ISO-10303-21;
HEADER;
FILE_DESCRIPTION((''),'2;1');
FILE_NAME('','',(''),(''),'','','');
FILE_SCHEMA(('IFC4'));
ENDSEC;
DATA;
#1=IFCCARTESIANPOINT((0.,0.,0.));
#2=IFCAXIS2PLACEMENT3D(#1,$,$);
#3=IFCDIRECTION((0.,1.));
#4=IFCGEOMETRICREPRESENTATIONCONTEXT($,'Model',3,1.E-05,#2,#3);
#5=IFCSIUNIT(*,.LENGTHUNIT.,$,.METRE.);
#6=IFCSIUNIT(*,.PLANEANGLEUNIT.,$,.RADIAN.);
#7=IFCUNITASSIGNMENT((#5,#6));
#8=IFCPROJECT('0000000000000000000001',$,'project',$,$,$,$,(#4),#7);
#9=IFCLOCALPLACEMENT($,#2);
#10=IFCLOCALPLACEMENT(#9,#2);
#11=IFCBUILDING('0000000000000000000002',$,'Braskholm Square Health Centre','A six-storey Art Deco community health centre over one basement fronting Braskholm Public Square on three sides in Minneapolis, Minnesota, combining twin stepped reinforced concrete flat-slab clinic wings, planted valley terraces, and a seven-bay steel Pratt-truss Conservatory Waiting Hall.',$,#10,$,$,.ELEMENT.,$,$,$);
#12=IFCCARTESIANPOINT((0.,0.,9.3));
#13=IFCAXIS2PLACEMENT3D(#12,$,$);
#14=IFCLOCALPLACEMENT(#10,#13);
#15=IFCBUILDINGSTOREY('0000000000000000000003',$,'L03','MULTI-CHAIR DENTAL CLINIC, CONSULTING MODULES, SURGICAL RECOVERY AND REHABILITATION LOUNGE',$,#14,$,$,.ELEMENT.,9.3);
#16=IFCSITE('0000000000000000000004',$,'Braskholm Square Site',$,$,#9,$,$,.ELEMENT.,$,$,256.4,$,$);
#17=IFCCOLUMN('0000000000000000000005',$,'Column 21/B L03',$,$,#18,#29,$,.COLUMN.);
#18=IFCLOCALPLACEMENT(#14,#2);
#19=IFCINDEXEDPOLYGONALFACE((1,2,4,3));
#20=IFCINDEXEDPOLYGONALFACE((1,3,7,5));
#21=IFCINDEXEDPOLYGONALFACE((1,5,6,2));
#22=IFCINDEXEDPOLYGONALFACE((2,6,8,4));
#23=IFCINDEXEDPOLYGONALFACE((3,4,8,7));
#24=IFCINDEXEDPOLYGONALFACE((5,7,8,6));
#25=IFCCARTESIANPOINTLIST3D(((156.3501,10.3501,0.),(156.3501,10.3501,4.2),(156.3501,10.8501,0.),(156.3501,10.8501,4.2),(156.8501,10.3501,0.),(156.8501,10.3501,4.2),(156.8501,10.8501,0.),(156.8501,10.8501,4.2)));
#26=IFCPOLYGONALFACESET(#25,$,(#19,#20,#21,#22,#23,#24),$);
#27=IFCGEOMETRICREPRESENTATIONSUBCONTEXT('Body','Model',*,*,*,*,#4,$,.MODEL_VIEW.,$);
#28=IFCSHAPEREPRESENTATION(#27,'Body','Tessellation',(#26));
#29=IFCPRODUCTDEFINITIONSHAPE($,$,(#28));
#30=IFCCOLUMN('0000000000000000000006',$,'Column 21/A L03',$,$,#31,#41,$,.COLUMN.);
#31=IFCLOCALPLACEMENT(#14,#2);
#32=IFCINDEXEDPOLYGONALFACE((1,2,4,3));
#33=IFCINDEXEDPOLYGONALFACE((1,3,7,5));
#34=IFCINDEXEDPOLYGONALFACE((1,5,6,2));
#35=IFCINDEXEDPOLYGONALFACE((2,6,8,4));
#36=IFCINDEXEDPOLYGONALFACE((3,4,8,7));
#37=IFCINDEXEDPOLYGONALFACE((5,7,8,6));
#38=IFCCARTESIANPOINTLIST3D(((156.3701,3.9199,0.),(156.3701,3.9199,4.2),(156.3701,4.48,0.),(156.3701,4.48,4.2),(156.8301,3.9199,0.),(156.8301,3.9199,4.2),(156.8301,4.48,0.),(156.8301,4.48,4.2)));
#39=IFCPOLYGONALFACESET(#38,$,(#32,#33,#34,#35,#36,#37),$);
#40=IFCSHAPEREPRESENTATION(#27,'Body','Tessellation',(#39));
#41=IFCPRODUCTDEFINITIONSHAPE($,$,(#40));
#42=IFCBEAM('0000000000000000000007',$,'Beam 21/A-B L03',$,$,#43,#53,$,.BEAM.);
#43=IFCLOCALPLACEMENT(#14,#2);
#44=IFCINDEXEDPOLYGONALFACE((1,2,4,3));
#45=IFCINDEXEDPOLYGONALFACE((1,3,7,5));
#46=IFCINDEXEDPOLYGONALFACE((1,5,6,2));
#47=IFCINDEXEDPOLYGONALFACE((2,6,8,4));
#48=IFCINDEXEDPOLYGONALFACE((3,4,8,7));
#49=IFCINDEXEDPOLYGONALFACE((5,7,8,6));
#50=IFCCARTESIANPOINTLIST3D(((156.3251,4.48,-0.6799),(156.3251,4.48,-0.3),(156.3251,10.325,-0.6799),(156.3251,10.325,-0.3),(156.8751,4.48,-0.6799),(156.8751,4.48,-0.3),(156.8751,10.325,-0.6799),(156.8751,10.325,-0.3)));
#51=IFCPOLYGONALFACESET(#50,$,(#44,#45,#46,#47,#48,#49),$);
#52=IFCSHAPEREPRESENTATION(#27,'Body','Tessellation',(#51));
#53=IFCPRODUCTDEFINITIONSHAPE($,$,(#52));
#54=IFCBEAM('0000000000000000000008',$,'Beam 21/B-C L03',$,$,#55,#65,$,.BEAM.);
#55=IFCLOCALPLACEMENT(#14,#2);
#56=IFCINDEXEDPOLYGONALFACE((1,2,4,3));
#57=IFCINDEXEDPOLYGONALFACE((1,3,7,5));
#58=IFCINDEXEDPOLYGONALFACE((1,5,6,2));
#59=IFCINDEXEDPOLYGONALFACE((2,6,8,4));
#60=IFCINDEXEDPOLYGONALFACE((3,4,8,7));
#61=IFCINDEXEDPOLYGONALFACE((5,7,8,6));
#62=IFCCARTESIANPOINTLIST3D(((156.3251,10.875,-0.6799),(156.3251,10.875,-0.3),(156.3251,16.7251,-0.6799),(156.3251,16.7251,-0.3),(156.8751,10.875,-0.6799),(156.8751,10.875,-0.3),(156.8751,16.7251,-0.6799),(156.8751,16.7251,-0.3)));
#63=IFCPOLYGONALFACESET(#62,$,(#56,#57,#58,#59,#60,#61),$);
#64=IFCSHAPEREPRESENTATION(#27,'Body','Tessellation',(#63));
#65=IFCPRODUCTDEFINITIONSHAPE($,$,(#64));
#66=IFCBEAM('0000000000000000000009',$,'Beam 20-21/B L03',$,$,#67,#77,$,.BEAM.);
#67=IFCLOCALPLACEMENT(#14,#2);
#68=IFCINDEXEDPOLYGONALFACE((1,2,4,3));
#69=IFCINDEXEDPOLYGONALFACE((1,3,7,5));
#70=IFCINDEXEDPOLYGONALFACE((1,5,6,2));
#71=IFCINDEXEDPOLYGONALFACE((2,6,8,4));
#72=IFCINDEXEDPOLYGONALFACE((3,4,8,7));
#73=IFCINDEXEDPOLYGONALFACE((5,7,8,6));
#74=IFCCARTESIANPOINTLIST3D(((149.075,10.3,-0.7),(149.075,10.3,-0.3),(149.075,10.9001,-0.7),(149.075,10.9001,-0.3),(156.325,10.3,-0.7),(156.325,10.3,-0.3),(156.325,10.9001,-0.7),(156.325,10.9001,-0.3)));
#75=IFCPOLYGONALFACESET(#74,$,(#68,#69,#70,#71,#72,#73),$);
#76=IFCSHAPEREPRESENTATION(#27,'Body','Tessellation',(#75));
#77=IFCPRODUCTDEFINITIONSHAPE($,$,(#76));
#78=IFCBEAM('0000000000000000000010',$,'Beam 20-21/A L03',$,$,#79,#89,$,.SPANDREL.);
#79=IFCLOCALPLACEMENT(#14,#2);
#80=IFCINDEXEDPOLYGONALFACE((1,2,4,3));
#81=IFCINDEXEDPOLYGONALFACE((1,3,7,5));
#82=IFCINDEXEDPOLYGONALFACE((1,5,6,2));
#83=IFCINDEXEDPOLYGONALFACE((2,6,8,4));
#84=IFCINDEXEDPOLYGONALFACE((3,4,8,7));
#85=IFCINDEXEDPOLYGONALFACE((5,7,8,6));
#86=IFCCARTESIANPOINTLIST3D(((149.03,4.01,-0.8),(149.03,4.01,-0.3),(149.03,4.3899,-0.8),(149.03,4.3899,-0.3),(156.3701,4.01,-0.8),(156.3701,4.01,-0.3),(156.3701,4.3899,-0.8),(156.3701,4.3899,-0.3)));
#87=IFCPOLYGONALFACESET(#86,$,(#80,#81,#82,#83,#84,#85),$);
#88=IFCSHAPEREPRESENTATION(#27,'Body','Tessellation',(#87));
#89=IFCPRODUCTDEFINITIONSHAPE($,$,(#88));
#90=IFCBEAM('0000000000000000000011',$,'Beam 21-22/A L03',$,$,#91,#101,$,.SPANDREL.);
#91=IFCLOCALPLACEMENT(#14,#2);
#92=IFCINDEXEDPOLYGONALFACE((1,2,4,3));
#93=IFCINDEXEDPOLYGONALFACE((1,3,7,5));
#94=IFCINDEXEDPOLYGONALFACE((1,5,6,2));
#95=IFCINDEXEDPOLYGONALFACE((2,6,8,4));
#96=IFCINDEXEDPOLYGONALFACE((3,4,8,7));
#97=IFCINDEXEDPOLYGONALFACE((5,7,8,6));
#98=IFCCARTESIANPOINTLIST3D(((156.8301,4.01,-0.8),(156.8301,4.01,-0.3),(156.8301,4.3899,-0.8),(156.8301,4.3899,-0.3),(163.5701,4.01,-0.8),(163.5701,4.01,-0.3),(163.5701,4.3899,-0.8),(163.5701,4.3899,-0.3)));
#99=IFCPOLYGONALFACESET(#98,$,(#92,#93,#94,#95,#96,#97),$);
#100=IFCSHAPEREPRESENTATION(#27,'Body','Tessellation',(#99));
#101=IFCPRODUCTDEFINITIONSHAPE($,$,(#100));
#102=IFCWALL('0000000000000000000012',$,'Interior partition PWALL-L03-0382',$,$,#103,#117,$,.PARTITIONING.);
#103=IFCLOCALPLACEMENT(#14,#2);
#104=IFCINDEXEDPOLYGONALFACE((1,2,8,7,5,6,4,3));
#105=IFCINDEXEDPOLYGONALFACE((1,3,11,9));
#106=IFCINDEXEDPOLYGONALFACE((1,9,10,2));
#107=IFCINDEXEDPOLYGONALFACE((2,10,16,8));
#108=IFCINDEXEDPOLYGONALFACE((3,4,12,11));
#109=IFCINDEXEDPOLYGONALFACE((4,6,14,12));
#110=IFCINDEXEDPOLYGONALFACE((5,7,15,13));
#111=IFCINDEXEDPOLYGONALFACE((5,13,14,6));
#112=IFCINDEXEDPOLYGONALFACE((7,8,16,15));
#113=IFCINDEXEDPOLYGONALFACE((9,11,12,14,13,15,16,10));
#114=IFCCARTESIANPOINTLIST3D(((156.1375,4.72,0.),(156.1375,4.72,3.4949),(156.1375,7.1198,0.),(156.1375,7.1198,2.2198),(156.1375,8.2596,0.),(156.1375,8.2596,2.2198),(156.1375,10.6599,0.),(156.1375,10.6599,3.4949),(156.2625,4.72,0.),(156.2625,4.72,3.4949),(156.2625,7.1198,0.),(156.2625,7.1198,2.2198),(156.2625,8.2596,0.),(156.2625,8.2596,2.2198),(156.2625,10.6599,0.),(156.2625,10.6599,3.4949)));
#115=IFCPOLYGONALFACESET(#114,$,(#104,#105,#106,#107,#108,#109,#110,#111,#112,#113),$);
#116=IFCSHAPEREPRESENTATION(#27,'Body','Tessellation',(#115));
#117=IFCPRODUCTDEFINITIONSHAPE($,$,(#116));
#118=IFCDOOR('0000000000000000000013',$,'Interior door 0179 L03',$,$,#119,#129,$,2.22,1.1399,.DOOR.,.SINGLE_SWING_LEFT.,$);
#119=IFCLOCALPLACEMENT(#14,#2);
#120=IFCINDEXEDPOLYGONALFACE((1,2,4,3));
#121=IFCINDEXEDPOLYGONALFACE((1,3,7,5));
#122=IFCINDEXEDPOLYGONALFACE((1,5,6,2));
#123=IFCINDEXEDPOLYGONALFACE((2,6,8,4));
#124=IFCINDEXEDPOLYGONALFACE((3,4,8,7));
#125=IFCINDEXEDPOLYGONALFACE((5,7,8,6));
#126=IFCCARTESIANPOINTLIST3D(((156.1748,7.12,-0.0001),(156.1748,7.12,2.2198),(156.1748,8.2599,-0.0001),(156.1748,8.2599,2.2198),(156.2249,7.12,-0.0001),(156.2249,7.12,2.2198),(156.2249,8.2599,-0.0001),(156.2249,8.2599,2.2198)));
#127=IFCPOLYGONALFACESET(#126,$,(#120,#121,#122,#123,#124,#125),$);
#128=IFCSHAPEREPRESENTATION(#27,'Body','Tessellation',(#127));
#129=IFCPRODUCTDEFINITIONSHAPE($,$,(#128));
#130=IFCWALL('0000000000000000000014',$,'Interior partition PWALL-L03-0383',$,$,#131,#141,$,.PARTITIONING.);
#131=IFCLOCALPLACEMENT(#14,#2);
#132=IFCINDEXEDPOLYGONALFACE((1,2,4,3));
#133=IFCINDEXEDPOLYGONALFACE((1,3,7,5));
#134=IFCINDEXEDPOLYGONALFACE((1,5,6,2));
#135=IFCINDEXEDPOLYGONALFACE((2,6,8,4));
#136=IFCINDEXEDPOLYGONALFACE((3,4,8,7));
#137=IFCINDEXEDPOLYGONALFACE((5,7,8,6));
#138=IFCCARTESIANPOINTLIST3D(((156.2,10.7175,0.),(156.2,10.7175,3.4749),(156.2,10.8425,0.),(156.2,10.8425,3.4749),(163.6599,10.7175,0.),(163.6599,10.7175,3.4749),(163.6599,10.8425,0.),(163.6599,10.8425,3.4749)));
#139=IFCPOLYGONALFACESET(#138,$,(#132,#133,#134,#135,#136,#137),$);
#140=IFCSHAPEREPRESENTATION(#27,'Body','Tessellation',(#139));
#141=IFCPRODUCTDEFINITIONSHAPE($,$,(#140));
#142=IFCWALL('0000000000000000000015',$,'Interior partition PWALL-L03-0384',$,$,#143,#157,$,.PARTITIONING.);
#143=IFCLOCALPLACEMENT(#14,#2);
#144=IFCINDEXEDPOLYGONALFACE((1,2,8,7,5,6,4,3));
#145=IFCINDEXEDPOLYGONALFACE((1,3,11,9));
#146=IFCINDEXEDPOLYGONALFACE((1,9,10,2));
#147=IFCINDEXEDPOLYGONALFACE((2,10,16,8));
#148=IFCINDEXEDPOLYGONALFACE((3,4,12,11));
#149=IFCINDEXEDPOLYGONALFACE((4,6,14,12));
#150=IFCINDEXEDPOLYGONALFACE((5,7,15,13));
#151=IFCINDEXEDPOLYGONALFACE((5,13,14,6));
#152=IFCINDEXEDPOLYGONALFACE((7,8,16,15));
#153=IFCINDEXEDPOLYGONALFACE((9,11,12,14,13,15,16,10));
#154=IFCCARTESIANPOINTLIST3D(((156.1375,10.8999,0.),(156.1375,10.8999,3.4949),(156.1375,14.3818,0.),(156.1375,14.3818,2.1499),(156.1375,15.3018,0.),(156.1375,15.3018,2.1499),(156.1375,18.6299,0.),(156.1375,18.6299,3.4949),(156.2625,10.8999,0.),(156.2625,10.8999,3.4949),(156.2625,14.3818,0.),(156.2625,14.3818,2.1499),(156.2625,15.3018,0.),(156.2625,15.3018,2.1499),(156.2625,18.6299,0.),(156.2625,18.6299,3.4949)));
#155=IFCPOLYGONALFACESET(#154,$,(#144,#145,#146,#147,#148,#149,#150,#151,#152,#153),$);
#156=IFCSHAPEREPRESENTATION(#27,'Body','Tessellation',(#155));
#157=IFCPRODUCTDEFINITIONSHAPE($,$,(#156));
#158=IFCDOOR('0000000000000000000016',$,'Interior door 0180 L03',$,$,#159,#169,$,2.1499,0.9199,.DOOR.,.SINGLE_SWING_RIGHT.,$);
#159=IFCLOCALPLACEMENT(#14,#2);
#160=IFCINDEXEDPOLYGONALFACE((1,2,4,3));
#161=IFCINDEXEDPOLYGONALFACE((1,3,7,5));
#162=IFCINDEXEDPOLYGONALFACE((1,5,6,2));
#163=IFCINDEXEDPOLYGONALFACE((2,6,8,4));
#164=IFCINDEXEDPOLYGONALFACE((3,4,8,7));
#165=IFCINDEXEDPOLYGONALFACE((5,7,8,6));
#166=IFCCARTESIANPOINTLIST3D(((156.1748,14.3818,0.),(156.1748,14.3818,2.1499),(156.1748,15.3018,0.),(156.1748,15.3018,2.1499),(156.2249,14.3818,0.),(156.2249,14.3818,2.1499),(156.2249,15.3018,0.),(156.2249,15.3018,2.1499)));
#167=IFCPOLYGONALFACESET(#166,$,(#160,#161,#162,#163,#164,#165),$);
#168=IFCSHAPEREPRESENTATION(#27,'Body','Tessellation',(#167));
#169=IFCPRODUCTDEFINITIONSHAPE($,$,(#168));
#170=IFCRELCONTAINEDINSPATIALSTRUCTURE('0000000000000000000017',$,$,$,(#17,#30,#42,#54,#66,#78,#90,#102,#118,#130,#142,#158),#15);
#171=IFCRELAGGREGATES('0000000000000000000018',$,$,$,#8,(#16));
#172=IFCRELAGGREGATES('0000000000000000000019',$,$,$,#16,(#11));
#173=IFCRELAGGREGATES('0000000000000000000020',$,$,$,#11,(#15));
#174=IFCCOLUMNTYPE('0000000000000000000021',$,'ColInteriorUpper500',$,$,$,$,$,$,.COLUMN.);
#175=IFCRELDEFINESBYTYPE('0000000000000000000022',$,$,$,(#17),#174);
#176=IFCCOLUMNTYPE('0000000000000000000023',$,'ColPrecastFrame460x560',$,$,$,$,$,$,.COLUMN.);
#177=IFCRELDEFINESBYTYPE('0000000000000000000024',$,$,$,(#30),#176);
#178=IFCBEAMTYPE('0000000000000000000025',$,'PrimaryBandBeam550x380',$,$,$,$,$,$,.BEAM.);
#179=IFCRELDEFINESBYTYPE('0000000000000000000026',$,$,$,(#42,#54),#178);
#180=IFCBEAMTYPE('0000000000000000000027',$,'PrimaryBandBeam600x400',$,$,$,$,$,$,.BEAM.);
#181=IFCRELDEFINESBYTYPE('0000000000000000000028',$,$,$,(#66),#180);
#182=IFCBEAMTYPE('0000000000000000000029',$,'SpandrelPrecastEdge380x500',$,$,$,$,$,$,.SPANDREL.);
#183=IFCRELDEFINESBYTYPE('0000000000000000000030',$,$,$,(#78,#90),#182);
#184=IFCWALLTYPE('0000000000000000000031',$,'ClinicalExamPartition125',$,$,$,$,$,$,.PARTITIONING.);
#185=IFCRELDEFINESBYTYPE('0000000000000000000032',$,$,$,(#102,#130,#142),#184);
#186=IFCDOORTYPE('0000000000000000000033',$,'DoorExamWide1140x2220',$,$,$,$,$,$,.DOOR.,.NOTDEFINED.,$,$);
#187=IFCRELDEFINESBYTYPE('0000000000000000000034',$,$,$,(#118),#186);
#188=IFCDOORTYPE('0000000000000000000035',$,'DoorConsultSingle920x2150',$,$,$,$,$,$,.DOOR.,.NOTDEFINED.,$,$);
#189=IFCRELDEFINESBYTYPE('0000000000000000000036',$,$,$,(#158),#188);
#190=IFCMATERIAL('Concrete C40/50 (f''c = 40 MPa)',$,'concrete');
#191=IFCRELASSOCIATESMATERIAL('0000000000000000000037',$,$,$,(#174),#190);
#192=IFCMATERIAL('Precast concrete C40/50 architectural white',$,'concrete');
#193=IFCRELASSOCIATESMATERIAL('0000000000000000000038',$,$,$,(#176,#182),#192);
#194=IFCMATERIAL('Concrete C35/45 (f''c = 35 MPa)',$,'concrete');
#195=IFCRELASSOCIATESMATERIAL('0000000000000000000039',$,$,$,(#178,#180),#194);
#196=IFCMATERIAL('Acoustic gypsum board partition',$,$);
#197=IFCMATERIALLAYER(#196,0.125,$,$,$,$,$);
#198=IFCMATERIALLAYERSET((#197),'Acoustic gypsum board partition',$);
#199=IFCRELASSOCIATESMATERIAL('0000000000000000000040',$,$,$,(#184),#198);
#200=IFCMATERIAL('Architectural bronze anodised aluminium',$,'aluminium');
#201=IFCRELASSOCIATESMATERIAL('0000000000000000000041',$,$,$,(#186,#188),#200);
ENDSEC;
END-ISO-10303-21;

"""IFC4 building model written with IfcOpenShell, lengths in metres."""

from ifc_helpers import new_model, si_unit, direction, frame, frame_2d, origin, origin_2d, place, context, subcontext, project, spatial, rectangle, extrude, material, layer, layer_set, material_profile, profile_set, type_object, element, fill, save


model = new_model("IFC4")

# Units and contexts
model_context = context("Model", 3, precision=1e-05, world=origin(), true_north=direction((0.0, 1.0)))
body_context = subcontext(model_context, "Body", "Model", "MODEL_VIEW")
ifc_project = project(units=[si_unit("LENGTHUNIT", "METRE"), si_unit("PLANEANGLEUNIT", "RADIAN")], contexts=[model_context])

# Site, building, storey
site_placement = place(None, origin())
site = spatial("IfcSite", under=ifc_project, at=site_placement, Name="Braskholm Square Site", CompositionType="ELEMENT", RefElevation=256.4)
building_placement = place(site_placement, origin())
building = spatial("IfcBuilding", under=site, at=building_placement, Name="Braskholm Square Health Centre", Description="A six-storey Art Deco community health centre over one basement fronting Braskholm Public Square on three sides in Minneapolis, Minnesota, combining twin stepped reinforced concrete flat-slab clinic wings, planted valley terraces, and a seven-bay steel Pratt-truss Conservatory Waiting Hall.", CompositionType="ELEMENT")
storey_placement = place(building_placement, frame((0.0, 0.0, 9.3)))
storey = spatial("IfcBuildingStorey", under=building, at=storey_placement, Name="L03", Description="MULTI-CHAIR DENTAL CLINIC, CONSULTING MODULES, SURGICAL RECOVERY AND REHABILITATION LOUNGE", CompositionType="ELEMENT", Elevation=9.3)

# Columns
ifc_material_1 = material(Name="Concrete C40/50 (f'c = 40 MPa)", Category="concrete")
ifc_material_profile_1 = material_profile(ifc_material_1, rectangle(XDim=0.5, YDim=0.5, at=origin_2d()), Name="RC-500X500")
ifc_profile_set_1 = profile_set([ifc_material_profile_1], Name="Concrete C40/50 (f'c = 40 MPa)")
column_type_1 = type_object("IfcColumnType", Name="ColInteriorUpper500", PredefinedType="COLUMN", material=ifc_profile_set_1)
column_1_placement = place(storey_placement, frame((156.6001, 10.6001, 0.0), z_axis=(0.0, 0.0, 1.0), x_axis=(1.0, 0.0, 0.0)))
element("IfcColumn", 1, at=column_1_placement, inside=storey, type_object=column_type_1, Name="Column 21/B L03", PredefinedType="COLUMN", context=body_context, shape_type="SweptSolid", body=[
    extrude(rectangle(XDim=0.5, YDim=0.5, at=origin_2d()), origin(), (0.0, 0.0, 1.0), 4.2),
])
ifc_material_2 = material(Name="Precast concrete C40/50 architectural white", Category="concrete")
ifc_material_profile_2 = material_profile(ifc_material_2, rectangle(XDim=0.46, YDim=0.5601, at=origin_2d()), Name="RC-460X560")
ifc_profile_set_2 = profile_set([ifc_material_profile_2], Name="Precast concrete C40/50 architectural white")
column_type_2 = type_object("IfcColumnType", Name="ColPrecastFrame460x560", PredefinedType="COLUMN", material=ifc_profile_set_2)
column_2_placement = place(storey_placement, frame((156.6001, 4.2, 0.0), z_axis=(0.0, 0.0, 1.0), x_axis=(1.0, 0.0, 0.0)))
element("IfcColumn", 2, at=column_2_placement, inside=storey, type_object=column_type_2, Name="Column 21/A L03", PredefinedType="COLUMN", context=body_context, shape_type="SweptSolid", body=[
    extrude(rectangle(XDim=0.46, YDim=0.5601, at=origin_2d()), origin(), (0.0, 0.0, 1.0), 4.2),
])

# Beams
ifc_material_3 = material(Name="Concrete C35/45 (f'c = 35 MPa)", Category="concrete")
ifc_material_profile_3 = material_profile(ifc_material_3, rectangle(XDim=0.55, YDim=0.3799, at=origin_2d()), Name="RCB-550X380")
ifc_profile_set_3 = profile_set([ifc_material_profile_3], Name="Concrete C35/45 (f'c = 35 MPa)")
beam_type_1 = type_object("IfcBeamType", Name="PrimaryBandBeam550x380", PredefinedType="BEAM", material=ifc_profile_set_3)
beam_1_placement = place(storey_placement, frame((156.6001, 4.48, -0.49), z_axis=(0.0, 1.0, 0.0), x_axis=(-1.0, 0.0, 0.0)))
element("IfcBeam", 3, at=beam_1_placement, inside=storey, type_object=beam_type_1, Name="Beam 21/A-B L03", PredefinedType="BEAM", context=body_context, shape_type="SweptSolid", body=[
    extrude(rectangle(XDim=0.55, YDim=0.3799, at=origin_2d()), origin(), (0.0, 0.0, 1.0), 5.845),
])
beam_2_placement = place(storey_placement, frame((156.6001, 10.875, -0.49), z_axis=(0.0, 1.0, 0.0), x_axis=(-1.0, 0.0, 0.0)))
element("IfcBeam", 4, at=beam_2_placement, inside=storey, type_object=beam_type_1, Name="Beam 21/B-C L03", PredefinedType="BEAM", context=body_context, shape_type="SweptSolid", body=[
    extrude(rectangle(XDim=0.55, YDim=0.3799, at=origin_2d()), origin(), (0.0, 0.0, 1.0), 5.8501),
])
ifc_material_profile_4 = material_profile(ifc_material_3, rectangle(XDim=0.6001, YDim=0.3999, at=origin_2d()), Name="RCB-600X400")
ifc_profile_set_4 = profile_set([ifc_material_profile_4], Name="Concrete C35/45 (f'c = 35 MPa)")
beam_type_2 = type_object("IfcBeamType", Name="PrimaryBandBeam600x400", PredefinedType="BEAM", material=ifc_profile_set_4)
beam_3_placement = place(storey_placement, frame((149.075, 10.6001, -0.5), z_axis=(1.0, 0.0, 0.0), x_axis=(0.0, 1.0, 0.0)))
element("IfcBeam", 5, at=beam_3_placement, inside=storey, type_object=beam_type_2, Name="Beam 20-21/B L03", PredefinedType="BEAM", context=body_context, shape_type="SweptSolid", body=[
    extrude(rectangle(XDim=0.6001, YDim=0.3999, at=origin_2d()), origin(), (0.0, 0.0, 1.0), 7.25),
])
ifc_material_profile_5 = material_profile(ifc_material_2, rectangle(XDim=0.3799, YDim=0.5, at=origin_2d()), Name="RCB-380X500")
ifc_profile_set_5 = profile_set([ifc_material_profile_5], Name="Precast concrete C40/50 architectural white")
beam_type_3 = type_object("IfcBeamType", Name="SpandrelPrecastEdge380x500", PredefinedType="SPANDREL", material=ifc_profile_set_5)
beam_4_placement = place(storey_placement, frame((149.03, 4.2, -0.55), z_axis=(1.0, 0.0, 0.0), x_axis=(0.0, 1.0, 0.0)))
element("IfcBeam", 6, at=beam_4_placement, inside=storey, type_object=beam_type_3, Name="Beam 20-21/A L03", PredefinedType="SPANDREL", context=body_context, shape_type="SweptSolid", body=[
    extrude(rectangle(XDim=0.3799, YDim=0.5, at=origin_2d()), origin(), (0.0, 0.0, 1.0), 7.3401),
])
beam_5_placement = place(storey_placement, frame((156.8301, 4.2, -0.55), z_axis=(1.0, 0.0, 0.0), x_axis=(0.0, 1.0, 0.0)))
element("IfcBeam", 7, at=beam_5_placement, inside=storey, type_object=beam_type_3, Name="Beam 21-22/A L03", PredefinedType="SPANDREL", context=body_context, shape_type="SweptSolid", body=[
    extrude(rectangle(XDim=0.3799, YDim=0.5, at=origin_2d()), origin(), (0.0, 0.0, 1.0), 6.74),
])

# Wall, opening, door
ifc_material_4 = material(Name="Acoustic gypsum board partition")
ifc_layer_1 = layer(ifc_material_4, 0.125)
ifc_layer_set_1 = layer_set([ifc_layer_1], Name="Acoustic gypsum board partition")
wall_type_1 = type_object("IfcWallType", Name="ClinicalExamPartition125", PredefinedType="PARTITIONING", material=ifc_layer_set_1)
wall_1_placement = place(storey_placement, frame((156.2, 4.72, 0.0), z_axis=(0.0, 0.0, 1.0), x_axis=(0.0, 1.0, 0.0)))
wall_1 = element("IfcWall", 8, at=wall_1_placement, inside=storey, type_object=wall_type_1, Name="Interior partition PWALL-L03-0382", PredefinedType="PARTITIONING", context=body_context, shape_type="SweptSolid", body=[
    extrude(rectangle(XDim=5.9399, YDim=0.125, at=frame_2d((2.97, 0.0))), origin(), (0.0, 0.0, 1.0), 3.4949),
])
opening_1_placement = place(wall_1_placement, frame((2.3999, 0.0, 0.0)))
opening_1 = element("IfcOpeningElement", 9, at=opening_1_placement, cuts=wall_1, PredefinedType="OPENING", context=body_context, shape_type="SweptSolid", body=[
    extrude(rectangle(XDim=1.1399, YDim=2.22, at=frame_2d((0.5698, 1.1099))), frame((0.0, 0.0725, 0.0), z_axis=(0.0, -1.0, 0.0), x_axis=(1.0, 0.0, 0.0)), (0.0, 0.0, 1.0), 0.145),
])
ifc_material_5 = material(Name="Architectural bronze anodised aluminium", Category="aluminium")
door_type_1 = type_object("IfcDoorType", Name="DoorExamWide1140x2220", OperationType="NOTDEFINED", PredefinedType="DOOR", material=ifc_material_5)
door_1_placement = place(opening_1_placement, frame((1.1399, 0.0, 0.0), z_axis=(0.0, 0.0, 1.0), x_axis=(-1.0, 0.0, 0.0)))
door_1 = element("IfcDoor", 10, at=door_1_placement, inside=storey, type_object=door_type_1, Name="Interior door 0179 L03", OperationType="SINGLE_SWING_LEFT", OverallHeight=2.22, OverallWidth=1.1399, PredefinedType="DOOR", context=body_context, shape_type="SweptSolid", body=[
    extrude(rectangle(XDim=1.1399, YDim=2.22, at=frame_2d((0.5698, 1.1099))), frame((0.0, 0.0249, 0.0), z_axis=(0.0, -1.0, 0.0), x_axis=(1.0, 0.0, 0.0)), (0.0, 0.0, 1.0), 0.05),
])
fill(opening_1, door_1)

# Wall
wall_2_placement = place(storey_placement, frame((156.2, 10.78, 0.0), z_axis=(0.0, 0.0, 1.0), x_axis=(1.0, 0.0, 0.0)))
element("IfcWall", 11, at=wall_2_placement, inside=storey, type_object=wall_type_1, Name="Interior partition PWALL-L03-0383", PredefinedType="PARTITIONING", context=body_context, shape_type="SweptSolid", body=[
    extrude(rectangle(XDim=7.46, YDim=0.125, at=frame_2d((3.73, 0.0))), origin(), (0.0, 0.0, 1.0), 3.4749),
])

# Wall, opening, door
wall_3_placement = place(storey_placement, frame((156.2, 10.8999, 0.0), z_axis=(0.0, 0.0, 1.0), x_axis=(0.0, 1.0, 0.0)))
wall_3 = element("IfcWall", 12, at=wall_3_placement, inside=storey, type_object=wall_type_1, Name="Interior partition PWALL-L03-0384", PredefinedType="PARTITIONING", context=body_context, shape_type="SweptSolid", body=[
    extrude(rectangle(XDim=7.73, YDim=0.125, at=frame_2d((3.865, 0.0))), origin(), (0.0, 0.0, 1.0), 3.4949),
])
opening_2_placement = place(wall_3_placement, frame((3.4819, 0.0, 0.0)))
opening_2 = element("IfcOpeningElement", 13, at=opening_2_placement, cuts=wall_3, PredefinedType="OPENING", context=body_context, shape_type="SweptSolid", body=[
    extrude(rectangle(XDim=0.9199, YDim=2.1499, at=frame_2d((0.46, 1.075))), frame((0.0, 0.0725, 0.0), z_axis=(0.0, -1.0, 0.0), x_axis=(1.0, 0.0, 0.0)), (0.0, 0.0, 1.0), 0.145),
])
door_type_2 = type_object("IfcDoorType", Name="DoorConsultSingle920x2150", OperationType="NOTDEFINED", PredefinedType="DOOR", material=ifc_material_5)
door_2_placement = place(opening_2_placement, frame((0.9199, 0.0, 0.0), z_axis=(0.0, 0.0, 1.0), x_axis=(-1.0, 0.0, 0.0)))
door_2 = element("IfcDoor", 14, at=door_2_placement, inside=storey, type_object=door_type_2, Name="Interior door 0180 L03", OperationType="SINGLE_SWING_RIGHT", OverallHeight=2.1499, OverallWidth=0.9199, PredefinedType="DOOR", context=body_context, shape_type="SweptSolid", body=[
    extrude(rectangle(XDim=0.9199, YDim=2.1499, at=frame_2d((0.46, 1.075))), frame((0.0, 0.0249, 0.0), z_axis=(0.0, -1.0, 0.0), x_axis=(1.0, 0.0, 0.0)), (0.0, 0.0, 1.0), 0.05),
])
fill(opening_2, door_2)

save(model, "model.ifc")
